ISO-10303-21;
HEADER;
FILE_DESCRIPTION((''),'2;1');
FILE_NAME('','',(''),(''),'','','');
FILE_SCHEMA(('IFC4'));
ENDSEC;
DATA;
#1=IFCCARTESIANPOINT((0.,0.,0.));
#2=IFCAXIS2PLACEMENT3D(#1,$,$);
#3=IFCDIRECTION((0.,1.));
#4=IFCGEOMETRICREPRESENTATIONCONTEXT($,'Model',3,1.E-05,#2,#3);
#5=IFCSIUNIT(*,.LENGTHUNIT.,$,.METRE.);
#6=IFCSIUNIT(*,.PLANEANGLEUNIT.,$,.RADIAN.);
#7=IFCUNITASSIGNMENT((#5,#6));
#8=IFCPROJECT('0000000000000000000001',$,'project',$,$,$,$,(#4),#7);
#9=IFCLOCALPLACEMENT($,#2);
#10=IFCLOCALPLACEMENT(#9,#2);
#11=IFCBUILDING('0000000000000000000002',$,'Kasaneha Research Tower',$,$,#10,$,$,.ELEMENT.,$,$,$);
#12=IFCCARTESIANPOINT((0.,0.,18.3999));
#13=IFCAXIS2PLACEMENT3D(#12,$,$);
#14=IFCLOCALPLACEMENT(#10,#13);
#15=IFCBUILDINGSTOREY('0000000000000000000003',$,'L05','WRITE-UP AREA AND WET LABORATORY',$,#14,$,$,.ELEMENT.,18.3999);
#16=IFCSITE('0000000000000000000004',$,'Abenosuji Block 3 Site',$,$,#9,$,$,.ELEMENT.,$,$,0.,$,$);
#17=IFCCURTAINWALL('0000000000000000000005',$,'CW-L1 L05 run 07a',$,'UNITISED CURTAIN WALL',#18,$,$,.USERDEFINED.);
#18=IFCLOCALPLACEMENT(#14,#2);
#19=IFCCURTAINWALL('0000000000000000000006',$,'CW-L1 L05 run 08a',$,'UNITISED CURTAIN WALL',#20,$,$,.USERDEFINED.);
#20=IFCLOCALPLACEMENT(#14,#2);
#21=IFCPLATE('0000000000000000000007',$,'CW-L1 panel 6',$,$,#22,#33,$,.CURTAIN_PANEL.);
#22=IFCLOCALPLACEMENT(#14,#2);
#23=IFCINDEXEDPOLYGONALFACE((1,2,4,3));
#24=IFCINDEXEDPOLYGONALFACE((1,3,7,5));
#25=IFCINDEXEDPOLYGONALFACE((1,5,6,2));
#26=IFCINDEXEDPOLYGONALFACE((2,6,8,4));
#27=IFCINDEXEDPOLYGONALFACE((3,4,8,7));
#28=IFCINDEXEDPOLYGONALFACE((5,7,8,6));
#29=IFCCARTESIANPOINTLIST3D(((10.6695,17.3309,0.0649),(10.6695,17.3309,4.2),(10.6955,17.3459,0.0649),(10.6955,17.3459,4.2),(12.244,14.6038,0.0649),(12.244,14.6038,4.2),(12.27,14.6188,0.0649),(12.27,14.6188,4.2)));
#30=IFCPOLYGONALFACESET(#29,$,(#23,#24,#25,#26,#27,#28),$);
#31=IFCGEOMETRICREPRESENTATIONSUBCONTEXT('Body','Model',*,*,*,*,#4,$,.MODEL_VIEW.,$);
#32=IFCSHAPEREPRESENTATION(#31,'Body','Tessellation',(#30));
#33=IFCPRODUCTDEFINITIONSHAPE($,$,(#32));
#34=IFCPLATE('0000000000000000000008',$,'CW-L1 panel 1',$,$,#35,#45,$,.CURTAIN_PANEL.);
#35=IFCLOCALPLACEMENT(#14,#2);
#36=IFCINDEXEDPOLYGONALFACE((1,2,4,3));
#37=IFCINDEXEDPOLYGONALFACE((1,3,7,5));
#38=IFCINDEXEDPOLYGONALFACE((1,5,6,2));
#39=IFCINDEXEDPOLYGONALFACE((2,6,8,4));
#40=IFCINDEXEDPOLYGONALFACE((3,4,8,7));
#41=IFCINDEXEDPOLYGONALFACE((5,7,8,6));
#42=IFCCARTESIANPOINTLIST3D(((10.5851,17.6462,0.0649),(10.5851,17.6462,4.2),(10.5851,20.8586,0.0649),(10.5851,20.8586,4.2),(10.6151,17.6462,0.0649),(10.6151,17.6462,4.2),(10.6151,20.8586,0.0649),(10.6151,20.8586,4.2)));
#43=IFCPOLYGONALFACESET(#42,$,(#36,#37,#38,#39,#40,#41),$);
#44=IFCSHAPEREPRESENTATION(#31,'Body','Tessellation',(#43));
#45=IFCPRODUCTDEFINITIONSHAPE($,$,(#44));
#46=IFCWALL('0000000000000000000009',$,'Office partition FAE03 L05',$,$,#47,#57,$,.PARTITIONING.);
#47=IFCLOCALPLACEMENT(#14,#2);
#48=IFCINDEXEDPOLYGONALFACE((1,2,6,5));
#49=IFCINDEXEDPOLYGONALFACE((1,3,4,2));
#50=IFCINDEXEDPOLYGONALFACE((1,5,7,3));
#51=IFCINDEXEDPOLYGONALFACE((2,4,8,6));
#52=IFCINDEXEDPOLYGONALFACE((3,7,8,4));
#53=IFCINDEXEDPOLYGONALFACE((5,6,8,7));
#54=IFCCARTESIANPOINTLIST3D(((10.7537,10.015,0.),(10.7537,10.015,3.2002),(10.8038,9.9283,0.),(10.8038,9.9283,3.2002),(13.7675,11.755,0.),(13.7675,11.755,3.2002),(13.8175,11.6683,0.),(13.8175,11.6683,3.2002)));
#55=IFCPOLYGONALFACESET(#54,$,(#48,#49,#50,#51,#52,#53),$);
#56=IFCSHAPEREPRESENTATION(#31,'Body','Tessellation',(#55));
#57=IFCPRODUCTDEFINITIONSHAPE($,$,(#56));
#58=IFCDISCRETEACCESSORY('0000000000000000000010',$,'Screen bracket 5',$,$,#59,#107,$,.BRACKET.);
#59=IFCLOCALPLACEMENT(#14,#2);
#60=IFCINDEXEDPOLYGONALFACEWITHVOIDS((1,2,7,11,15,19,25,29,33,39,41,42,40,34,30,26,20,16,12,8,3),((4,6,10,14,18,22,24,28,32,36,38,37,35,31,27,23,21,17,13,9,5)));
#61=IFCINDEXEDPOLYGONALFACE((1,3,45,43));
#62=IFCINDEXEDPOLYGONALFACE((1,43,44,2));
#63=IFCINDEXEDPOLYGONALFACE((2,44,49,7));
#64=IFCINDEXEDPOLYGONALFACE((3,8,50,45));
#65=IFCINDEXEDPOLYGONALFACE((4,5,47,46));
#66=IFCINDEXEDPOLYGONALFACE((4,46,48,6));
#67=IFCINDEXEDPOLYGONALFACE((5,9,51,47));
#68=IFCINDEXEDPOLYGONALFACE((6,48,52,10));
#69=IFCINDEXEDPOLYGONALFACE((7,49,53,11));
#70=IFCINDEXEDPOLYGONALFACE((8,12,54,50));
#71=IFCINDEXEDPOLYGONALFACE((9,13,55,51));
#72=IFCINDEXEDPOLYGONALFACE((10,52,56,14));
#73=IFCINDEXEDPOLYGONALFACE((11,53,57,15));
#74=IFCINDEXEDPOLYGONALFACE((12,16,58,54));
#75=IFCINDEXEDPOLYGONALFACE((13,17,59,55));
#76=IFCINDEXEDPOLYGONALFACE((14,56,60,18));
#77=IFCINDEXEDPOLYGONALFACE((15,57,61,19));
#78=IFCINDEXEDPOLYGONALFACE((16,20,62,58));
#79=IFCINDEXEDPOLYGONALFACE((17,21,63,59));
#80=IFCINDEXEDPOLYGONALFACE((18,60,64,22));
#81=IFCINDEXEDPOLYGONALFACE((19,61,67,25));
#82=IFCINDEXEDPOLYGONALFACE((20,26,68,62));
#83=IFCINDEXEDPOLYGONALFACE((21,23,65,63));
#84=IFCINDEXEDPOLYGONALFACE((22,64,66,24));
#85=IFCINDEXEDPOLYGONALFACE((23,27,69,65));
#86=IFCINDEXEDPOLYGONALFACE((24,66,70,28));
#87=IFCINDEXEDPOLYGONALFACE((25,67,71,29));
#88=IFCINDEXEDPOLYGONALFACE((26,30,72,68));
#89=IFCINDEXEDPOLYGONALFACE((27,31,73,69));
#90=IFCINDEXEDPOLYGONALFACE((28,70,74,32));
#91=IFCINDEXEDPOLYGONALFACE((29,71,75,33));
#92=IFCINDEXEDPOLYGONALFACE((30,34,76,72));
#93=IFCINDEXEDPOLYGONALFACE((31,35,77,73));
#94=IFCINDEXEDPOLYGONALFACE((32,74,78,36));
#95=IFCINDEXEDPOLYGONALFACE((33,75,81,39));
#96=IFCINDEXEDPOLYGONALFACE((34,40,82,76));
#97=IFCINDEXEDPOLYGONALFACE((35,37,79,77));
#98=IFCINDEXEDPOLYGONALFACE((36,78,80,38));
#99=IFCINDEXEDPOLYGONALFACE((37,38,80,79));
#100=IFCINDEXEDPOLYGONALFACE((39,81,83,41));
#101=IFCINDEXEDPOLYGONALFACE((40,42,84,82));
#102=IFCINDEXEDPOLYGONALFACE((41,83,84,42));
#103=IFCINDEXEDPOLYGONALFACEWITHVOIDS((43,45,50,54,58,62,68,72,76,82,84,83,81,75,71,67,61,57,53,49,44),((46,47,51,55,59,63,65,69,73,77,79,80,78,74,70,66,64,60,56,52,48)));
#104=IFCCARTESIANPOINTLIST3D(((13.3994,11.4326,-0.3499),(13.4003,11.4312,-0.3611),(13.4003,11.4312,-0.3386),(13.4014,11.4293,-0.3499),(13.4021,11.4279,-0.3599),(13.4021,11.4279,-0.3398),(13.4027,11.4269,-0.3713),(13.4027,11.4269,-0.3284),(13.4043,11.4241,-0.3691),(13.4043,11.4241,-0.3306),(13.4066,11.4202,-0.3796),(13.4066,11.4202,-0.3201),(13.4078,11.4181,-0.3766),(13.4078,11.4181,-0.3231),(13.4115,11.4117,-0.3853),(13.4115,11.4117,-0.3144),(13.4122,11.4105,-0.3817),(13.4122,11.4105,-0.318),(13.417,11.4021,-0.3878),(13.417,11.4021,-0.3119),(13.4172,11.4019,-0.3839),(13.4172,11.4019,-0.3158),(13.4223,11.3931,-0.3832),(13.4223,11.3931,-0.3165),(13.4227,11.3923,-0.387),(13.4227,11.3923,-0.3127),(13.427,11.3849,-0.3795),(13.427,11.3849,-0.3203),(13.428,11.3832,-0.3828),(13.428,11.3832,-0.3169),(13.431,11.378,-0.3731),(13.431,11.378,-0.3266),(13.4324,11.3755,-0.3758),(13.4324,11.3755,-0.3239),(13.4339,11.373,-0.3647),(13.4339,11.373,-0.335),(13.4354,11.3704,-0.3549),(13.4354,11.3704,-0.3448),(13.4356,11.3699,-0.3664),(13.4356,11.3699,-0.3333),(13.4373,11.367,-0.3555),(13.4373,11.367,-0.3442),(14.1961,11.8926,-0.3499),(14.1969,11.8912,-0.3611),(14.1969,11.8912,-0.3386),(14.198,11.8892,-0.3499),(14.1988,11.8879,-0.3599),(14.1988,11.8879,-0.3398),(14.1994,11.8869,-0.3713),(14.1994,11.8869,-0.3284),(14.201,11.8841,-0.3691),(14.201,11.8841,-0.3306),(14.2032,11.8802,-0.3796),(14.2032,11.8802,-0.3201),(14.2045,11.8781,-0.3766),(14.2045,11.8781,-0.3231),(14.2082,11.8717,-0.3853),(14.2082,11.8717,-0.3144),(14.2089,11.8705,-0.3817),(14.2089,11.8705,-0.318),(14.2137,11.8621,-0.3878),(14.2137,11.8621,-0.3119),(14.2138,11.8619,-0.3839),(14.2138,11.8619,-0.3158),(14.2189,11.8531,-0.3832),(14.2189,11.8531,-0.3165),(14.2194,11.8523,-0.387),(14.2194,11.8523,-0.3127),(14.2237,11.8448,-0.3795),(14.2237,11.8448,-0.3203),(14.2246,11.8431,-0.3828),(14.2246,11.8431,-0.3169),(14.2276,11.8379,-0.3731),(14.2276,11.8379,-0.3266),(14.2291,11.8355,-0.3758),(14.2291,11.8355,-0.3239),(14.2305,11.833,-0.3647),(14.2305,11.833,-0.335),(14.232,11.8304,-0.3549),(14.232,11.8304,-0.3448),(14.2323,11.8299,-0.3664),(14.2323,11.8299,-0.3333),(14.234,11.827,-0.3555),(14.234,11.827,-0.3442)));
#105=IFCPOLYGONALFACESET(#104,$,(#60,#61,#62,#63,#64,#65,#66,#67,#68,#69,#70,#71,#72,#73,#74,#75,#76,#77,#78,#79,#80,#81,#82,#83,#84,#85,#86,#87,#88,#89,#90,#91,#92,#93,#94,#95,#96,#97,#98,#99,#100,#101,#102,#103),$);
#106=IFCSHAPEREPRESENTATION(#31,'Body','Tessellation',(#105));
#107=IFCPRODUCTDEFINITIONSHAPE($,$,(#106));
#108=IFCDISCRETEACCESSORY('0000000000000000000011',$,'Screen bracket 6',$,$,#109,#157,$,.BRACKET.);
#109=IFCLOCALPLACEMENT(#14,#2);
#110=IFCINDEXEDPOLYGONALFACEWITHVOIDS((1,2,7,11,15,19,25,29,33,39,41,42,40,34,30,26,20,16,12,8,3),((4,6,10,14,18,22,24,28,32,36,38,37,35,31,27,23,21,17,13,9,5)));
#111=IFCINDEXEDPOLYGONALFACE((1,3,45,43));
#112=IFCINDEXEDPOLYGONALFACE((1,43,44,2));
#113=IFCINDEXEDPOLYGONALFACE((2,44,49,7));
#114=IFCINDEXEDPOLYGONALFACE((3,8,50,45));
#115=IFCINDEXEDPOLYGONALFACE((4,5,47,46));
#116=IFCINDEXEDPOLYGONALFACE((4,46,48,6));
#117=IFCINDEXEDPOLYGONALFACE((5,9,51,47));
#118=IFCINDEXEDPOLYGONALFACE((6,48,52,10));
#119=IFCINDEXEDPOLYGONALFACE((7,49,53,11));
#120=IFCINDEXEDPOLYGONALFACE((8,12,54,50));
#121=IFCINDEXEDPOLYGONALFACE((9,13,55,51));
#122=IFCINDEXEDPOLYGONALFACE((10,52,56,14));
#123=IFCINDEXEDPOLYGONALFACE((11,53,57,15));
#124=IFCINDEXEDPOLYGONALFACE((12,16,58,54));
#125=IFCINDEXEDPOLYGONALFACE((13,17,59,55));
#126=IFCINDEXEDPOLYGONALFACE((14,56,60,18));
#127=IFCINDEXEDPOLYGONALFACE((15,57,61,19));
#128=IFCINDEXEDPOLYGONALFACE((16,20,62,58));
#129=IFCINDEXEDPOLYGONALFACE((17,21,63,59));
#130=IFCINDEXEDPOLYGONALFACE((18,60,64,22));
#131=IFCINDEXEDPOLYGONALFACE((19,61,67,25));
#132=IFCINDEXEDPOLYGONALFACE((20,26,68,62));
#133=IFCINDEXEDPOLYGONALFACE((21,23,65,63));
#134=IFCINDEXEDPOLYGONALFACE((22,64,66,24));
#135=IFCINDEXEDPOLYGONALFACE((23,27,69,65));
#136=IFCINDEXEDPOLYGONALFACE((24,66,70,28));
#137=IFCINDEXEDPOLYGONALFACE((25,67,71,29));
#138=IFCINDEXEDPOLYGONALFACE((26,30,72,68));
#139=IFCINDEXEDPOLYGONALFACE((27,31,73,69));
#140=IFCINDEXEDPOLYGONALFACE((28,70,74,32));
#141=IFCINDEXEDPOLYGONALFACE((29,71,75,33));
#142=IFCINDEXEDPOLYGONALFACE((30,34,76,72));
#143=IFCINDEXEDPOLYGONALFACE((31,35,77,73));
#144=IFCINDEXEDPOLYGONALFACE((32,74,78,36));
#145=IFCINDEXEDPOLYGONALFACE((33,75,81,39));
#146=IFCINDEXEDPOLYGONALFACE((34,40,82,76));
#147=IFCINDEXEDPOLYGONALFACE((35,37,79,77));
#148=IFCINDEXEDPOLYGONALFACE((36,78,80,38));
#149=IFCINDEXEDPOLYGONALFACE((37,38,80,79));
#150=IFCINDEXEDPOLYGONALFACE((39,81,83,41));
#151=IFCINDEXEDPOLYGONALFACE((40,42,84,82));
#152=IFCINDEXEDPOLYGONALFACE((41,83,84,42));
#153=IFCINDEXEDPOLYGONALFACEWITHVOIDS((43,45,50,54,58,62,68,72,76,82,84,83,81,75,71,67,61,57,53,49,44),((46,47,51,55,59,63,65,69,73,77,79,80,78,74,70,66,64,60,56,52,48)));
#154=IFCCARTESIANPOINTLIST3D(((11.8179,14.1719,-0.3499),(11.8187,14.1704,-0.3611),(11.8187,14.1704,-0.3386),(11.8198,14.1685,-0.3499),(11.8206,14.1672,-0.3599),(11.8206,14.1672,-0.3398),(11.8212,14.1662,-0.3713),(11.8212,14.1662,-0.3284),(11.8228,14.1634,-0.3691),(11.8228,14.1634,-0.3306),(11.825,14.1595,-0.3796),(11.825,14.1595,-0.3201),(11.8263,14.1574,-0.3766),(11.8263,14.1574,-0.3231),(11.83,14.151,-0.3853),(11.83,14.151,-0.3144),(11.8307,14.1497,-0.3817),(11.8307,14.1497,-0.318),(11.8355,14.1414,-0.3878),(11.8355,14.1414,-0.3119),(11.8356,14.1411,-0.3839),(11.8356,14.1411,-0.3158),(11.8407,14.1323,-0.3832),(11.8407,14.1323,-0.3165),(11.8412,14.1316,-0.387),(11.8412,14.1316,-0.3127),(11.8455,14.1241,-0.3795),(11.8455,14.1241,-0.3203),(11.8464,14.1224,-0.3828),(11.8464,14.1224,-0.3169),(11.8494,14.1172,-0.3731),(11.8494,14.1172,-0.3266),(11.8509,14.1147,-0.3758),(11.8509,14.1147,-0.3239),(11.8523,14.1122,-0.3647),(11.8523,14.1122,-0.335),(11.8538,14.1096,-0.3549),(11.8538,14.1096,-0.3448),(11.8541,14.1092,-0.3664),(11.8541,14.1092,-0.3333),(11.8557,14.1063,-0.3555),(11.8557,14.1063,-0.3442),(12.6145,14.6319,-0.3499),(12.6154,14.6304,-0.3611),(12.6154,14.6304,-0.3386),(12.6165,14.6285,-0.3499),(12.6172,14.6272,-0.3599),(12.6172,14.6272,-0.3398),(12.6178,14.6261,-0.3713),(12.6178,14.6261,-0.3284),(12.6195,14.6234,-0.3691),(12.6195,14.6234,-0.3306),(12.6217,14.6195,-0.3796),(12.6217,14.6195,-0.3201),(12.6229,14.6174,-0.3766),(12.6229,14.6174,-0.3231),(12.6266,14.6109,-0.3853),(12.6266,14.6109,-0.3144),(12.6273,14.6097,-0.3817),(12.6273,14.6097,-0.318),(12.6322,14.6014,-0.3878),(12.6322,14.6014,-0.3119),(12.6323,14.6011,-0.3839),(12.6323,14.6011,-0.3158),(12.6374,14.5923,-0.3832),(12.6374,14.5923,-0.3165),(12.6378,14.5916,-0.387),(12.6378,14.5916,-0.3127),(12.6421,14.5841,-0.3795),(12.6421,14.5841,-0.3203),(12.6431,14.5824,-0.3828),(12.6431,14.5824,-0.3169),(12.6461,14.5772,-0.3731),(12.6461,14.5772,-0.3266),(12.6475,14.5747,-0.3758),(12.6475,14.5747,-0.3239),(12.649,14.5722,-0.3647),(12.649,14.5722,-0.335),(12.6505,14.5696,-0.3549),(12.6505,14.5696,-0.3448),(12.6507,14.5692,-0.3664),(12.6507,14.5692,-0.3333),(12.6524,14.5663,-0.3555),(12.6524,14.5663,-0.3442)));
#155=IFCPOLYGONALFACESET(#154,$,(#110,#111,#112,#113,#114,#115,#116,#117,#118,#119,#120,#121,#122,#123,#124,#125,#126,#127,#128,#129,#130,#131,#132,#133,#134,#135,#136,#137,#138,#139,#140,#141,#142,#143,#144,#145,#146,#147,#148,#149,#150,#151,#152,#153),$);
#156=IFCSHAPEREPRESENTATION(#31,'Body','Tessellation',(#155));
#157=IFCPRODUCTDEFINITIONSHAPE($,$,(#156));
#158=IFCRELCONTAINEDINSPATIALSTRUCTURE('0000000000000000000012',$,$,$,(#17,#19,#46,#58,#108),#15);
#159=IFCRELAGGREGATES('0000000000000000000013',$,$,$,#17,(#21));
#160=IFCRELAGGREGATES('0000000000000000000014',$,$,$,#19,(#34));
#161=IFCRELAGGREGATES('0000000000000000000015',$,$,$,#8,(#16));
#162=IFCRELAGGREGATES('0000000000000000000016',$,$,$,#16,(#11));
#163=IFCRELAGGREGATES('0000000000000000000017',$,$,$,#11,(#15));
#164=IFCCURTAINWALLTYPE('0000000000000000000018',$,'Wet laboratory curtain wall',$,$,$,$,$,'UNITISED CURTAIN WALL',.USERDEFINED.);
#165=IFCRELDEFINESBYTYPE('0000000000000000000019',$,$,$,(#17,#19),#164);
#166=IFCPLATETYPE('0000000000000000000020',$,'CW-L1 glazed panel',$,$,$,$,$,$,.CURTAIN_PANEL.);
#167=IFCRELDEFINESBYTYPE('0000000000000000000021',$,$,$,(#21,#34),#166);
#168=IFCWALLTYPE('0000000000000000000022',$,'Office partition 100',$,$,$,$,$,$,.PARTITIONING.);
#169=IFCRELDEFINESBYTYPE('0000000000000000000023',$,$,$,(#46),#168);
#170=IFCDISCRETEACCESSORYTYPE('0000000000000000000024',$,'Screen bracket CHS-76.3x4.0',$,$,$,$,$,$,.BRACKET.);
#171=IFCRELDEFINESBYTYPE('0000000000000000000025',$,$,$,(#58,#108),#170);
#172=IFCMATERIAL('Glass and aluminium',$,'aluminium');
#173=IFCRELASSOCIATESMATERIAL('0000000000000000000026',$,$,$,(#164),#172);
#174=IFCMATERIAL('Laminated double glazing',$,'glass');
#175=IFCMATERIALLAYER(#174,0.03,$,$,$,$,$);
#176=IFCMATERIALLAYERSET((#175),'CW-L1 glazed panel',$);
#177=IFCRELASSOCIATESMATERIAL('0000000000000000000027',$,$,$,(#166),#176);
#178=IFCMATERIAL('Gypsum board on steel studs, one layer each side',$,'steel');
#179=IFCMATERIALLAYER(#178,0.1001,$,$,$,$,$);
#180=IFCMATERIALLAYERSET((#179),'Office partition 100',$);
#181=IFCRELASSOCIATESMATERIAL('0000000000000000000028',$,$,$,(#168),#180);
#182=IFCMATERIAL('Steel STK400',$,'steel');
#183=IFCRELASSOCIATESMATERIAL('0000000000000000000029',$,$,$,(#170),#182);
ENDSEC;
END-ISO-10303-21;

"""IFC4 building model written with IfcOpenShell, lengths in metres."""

from ifc_helpers import new_model, si_unit, direction, frame, frame_2d, origin, origin_2d, place, context, subcontext, project, spatial, rectangle, hollow_circle, extrude, material, layer, layer_set, material_profile, profile_set, type_object, element, aggregate, save


model = new_model("IFC4")

# Units and contexts
model_context = context("Model", 3, precision=1e-05, world=origin(), true_north=direction((0.0, 1.0)))
body_context = subcontext(model_context, "Body", "Model", "MODEL_VIEW")
ifc_project = project(units=[si_unit("LENGTHUNIT", "METRE"), si_unit("PLANEANGLEUNIT", "RADIAN")], contexts=[model_context])

# Site, building, storey
site_placement = place(None, origin())
site = spatial("IfcSite", under=ifc_project, at=site_placement, Name="Abenosuji Block 3 Site", CompositionType="ELEMENT", RefElevation=0.0)
building_placement = place(site_placement, origin())
building = spatial("IfcBuilding", under=site, at=building_placement, Name="Kasaneha Research Tower", CompositionType="ELEMENT")
storey_placement = place(building_placement, frame((0.0, 0.0, 18.3999)))
storey = spatial("IfcBuildingStorey", under=building, at=storey_placement, Name="L05", Description="WRITE-UP AREA AND WET LABORATORY", CompositionType="ELEMENT", Elevation=18.3999)

# Curtain walls
ifc_material_1 = material(Name="Glass and aluminium", Category="aluminium")
curtain_wall_type = type_object("IfcCurtainWallType", Name="Wet laboratory curtain wall", ElementType="UNITISED CURTAIN WALL", PredefinedType="USERDEFINED", material=ifc_material_1)
curtain_wall_1_placement = place(storey_placement, origin())
curtain_wall_1 = element("IfcCurtainWall", 1, at=curtain_wall_1_placement, inside=storey, type_object=curtain_wall_type, Name="CW-L1 L05 run 07a", ObjectType="UNITISED CURTAIN WALL", PredefinedType="USERDEFINED")
curtain_wall_2_placement = place(storey_placement, origin())
curtain_wall_2 = element("IfcCurtainWall", 2, at=curtain_wall_2_placement, inside=storey, type_object=curtain_wall_type, Name="CW-L1 L05 run 08a", ObjectType="UNITISED CURTAIN WALL", PredefinedType="USERDEFINED")

# Plates
ifc_material_2 = material(Name="Laminated double glazing", Category="glass")
ifc_layer_1 = layer(ifc_material_2, 0.03)
ifc_layer_set_1 = layer_set([ifc_layer_1], Name="CW-L1 glazed panel")
plate_type = type_object("IfcPlateType", Name="CW-L1 glazed panel", PredefinedType="CURTAIN_PANEL", material=ifc_layer_set_1)
plate_1_placement = place(storey_placement, frame((11.4697, 15.9749, 0.0649), z_axis=(0.0, 0.0, 1.0), x_axis=(-0.5, 0.866025, 0.0)))
plate_1 = element("IfcPlate", 3, at=plate_1_placement, type_object=plate_type, Name="CW-L1 panel 6", PredefinedType="CURTAIN_PANEL", context=body_context, shape_type="SweptSolid", body=[
    extrude(rectangle(XDim=3.1489, YDim=0.03, at=origin_2d()), origin(), (0.0, 0.0, 1.0), 4.135),
])
aggregate(curtain_wall_1, [plate_1])
plate_2_placement = place(storey_placement, frame((10.6001, 19.2524, 0.0649), z_axis=(0.0, 0.0, 1.0), x_axis=(0.0, 1.0, 0.0)))
plate_2 = element("IfcPlate", 4, at=plate_2_placement, type_object=plate_type, Name="CW-L1 panel 1", PredefinedType="CURTAIN_PANEL", context=body_context, shape_type="SweptSolid", body=[
    extrude(rectangle(XDim=3.2124, YDim=0.03, at=origin_2d()), origin(), (0.0, 0.0, 1.0), 4.135),
])
aggregate(curtain_wall_2, [plate_2])

# Wall
ifc_material_3 = material(Name="Gypsum board on steel studs, one layer each side", Category="steel")
ifc_layer_2 = layer(ifc_material_3, 0.1001)
ifc_layer_set_2 = layer_set([ifc_layer_2], Name="Office partition 100")
wall_type = type_object("IfcWallType", Name="Office partition 100", PredefinedType="PARTITIONING", material=ifc_layer_set_2)
wall_placement = place(storey_placement, frame((13.7925, 11.7117, 0.0), z_axis=(0.0, 0.0, 1.0), x_axis=(-0.86602, -0.50001, 0.0)))
element("IfcWall", 5, at=wall_placement, inside=storey, type_object=wall_type, Name="Office partition FAE03 L05", PredefinedType="PARTITIONING", context=body_context, shape_type="SweptSolid", body=[
    extrude(rectangle(XDim=3.48, YDim=0.1001, at=frame_2d((1.74, 0.0))), origin(), (0.0, 0.0, 1.0), 3.2002),
])

# Discrete accessories
ifc_material_4 = material(Name="Steel STK400", Category="steel")
ifc_material_profile_1 = material_profile(ifc_material_4, hollow_circle(Radius=0.0381, WallThickness=0.0039, at=origin_2d()), Name="CHS-76.3x4.0")
ifc_profile_set_1 = profile_set([ifc_material_profile_1], Name="Steel STK400")
discrete_accessory_type = type_object("IfcDiscreteAccessoryType", Name="Screen bracket CHS-76.3x4.0", PredefinedType="BRACKET", material=ifc_profile_set_1)
for number, where, z_axis, x_axis, name in (
    (6, (13.4185, 11.3997, -0.3499), (0.866013, 0.500021, 0.0), (-0.500021, 0.866013, 0.0), "Screen bracket 5"),
    (7, (11.8369, 14.1389, -0.3499), (0.866013, 0.500021, 0.0), (-0.500021, 0.866013, 0.0), "Screen bracket 6"),
):
    element("IfcDiscreteAccessory", number, at=place(storey_placement, frame(where, z_axis=z_axis, x_axis=x_axis)), inside=storey, type_object=discrete_accessory_type, Name=name, PredefinedType="BRACKET", context=body_context, shape_type="SweptSolid", body=[
        extrude(hollow_circle(Radius=0.0381, WallThickness=0.0039, at=origin_2d()), origin(), (0.0, 0.0, 1.0), 0.9199),
    ])

save(model, "model.ifc")
